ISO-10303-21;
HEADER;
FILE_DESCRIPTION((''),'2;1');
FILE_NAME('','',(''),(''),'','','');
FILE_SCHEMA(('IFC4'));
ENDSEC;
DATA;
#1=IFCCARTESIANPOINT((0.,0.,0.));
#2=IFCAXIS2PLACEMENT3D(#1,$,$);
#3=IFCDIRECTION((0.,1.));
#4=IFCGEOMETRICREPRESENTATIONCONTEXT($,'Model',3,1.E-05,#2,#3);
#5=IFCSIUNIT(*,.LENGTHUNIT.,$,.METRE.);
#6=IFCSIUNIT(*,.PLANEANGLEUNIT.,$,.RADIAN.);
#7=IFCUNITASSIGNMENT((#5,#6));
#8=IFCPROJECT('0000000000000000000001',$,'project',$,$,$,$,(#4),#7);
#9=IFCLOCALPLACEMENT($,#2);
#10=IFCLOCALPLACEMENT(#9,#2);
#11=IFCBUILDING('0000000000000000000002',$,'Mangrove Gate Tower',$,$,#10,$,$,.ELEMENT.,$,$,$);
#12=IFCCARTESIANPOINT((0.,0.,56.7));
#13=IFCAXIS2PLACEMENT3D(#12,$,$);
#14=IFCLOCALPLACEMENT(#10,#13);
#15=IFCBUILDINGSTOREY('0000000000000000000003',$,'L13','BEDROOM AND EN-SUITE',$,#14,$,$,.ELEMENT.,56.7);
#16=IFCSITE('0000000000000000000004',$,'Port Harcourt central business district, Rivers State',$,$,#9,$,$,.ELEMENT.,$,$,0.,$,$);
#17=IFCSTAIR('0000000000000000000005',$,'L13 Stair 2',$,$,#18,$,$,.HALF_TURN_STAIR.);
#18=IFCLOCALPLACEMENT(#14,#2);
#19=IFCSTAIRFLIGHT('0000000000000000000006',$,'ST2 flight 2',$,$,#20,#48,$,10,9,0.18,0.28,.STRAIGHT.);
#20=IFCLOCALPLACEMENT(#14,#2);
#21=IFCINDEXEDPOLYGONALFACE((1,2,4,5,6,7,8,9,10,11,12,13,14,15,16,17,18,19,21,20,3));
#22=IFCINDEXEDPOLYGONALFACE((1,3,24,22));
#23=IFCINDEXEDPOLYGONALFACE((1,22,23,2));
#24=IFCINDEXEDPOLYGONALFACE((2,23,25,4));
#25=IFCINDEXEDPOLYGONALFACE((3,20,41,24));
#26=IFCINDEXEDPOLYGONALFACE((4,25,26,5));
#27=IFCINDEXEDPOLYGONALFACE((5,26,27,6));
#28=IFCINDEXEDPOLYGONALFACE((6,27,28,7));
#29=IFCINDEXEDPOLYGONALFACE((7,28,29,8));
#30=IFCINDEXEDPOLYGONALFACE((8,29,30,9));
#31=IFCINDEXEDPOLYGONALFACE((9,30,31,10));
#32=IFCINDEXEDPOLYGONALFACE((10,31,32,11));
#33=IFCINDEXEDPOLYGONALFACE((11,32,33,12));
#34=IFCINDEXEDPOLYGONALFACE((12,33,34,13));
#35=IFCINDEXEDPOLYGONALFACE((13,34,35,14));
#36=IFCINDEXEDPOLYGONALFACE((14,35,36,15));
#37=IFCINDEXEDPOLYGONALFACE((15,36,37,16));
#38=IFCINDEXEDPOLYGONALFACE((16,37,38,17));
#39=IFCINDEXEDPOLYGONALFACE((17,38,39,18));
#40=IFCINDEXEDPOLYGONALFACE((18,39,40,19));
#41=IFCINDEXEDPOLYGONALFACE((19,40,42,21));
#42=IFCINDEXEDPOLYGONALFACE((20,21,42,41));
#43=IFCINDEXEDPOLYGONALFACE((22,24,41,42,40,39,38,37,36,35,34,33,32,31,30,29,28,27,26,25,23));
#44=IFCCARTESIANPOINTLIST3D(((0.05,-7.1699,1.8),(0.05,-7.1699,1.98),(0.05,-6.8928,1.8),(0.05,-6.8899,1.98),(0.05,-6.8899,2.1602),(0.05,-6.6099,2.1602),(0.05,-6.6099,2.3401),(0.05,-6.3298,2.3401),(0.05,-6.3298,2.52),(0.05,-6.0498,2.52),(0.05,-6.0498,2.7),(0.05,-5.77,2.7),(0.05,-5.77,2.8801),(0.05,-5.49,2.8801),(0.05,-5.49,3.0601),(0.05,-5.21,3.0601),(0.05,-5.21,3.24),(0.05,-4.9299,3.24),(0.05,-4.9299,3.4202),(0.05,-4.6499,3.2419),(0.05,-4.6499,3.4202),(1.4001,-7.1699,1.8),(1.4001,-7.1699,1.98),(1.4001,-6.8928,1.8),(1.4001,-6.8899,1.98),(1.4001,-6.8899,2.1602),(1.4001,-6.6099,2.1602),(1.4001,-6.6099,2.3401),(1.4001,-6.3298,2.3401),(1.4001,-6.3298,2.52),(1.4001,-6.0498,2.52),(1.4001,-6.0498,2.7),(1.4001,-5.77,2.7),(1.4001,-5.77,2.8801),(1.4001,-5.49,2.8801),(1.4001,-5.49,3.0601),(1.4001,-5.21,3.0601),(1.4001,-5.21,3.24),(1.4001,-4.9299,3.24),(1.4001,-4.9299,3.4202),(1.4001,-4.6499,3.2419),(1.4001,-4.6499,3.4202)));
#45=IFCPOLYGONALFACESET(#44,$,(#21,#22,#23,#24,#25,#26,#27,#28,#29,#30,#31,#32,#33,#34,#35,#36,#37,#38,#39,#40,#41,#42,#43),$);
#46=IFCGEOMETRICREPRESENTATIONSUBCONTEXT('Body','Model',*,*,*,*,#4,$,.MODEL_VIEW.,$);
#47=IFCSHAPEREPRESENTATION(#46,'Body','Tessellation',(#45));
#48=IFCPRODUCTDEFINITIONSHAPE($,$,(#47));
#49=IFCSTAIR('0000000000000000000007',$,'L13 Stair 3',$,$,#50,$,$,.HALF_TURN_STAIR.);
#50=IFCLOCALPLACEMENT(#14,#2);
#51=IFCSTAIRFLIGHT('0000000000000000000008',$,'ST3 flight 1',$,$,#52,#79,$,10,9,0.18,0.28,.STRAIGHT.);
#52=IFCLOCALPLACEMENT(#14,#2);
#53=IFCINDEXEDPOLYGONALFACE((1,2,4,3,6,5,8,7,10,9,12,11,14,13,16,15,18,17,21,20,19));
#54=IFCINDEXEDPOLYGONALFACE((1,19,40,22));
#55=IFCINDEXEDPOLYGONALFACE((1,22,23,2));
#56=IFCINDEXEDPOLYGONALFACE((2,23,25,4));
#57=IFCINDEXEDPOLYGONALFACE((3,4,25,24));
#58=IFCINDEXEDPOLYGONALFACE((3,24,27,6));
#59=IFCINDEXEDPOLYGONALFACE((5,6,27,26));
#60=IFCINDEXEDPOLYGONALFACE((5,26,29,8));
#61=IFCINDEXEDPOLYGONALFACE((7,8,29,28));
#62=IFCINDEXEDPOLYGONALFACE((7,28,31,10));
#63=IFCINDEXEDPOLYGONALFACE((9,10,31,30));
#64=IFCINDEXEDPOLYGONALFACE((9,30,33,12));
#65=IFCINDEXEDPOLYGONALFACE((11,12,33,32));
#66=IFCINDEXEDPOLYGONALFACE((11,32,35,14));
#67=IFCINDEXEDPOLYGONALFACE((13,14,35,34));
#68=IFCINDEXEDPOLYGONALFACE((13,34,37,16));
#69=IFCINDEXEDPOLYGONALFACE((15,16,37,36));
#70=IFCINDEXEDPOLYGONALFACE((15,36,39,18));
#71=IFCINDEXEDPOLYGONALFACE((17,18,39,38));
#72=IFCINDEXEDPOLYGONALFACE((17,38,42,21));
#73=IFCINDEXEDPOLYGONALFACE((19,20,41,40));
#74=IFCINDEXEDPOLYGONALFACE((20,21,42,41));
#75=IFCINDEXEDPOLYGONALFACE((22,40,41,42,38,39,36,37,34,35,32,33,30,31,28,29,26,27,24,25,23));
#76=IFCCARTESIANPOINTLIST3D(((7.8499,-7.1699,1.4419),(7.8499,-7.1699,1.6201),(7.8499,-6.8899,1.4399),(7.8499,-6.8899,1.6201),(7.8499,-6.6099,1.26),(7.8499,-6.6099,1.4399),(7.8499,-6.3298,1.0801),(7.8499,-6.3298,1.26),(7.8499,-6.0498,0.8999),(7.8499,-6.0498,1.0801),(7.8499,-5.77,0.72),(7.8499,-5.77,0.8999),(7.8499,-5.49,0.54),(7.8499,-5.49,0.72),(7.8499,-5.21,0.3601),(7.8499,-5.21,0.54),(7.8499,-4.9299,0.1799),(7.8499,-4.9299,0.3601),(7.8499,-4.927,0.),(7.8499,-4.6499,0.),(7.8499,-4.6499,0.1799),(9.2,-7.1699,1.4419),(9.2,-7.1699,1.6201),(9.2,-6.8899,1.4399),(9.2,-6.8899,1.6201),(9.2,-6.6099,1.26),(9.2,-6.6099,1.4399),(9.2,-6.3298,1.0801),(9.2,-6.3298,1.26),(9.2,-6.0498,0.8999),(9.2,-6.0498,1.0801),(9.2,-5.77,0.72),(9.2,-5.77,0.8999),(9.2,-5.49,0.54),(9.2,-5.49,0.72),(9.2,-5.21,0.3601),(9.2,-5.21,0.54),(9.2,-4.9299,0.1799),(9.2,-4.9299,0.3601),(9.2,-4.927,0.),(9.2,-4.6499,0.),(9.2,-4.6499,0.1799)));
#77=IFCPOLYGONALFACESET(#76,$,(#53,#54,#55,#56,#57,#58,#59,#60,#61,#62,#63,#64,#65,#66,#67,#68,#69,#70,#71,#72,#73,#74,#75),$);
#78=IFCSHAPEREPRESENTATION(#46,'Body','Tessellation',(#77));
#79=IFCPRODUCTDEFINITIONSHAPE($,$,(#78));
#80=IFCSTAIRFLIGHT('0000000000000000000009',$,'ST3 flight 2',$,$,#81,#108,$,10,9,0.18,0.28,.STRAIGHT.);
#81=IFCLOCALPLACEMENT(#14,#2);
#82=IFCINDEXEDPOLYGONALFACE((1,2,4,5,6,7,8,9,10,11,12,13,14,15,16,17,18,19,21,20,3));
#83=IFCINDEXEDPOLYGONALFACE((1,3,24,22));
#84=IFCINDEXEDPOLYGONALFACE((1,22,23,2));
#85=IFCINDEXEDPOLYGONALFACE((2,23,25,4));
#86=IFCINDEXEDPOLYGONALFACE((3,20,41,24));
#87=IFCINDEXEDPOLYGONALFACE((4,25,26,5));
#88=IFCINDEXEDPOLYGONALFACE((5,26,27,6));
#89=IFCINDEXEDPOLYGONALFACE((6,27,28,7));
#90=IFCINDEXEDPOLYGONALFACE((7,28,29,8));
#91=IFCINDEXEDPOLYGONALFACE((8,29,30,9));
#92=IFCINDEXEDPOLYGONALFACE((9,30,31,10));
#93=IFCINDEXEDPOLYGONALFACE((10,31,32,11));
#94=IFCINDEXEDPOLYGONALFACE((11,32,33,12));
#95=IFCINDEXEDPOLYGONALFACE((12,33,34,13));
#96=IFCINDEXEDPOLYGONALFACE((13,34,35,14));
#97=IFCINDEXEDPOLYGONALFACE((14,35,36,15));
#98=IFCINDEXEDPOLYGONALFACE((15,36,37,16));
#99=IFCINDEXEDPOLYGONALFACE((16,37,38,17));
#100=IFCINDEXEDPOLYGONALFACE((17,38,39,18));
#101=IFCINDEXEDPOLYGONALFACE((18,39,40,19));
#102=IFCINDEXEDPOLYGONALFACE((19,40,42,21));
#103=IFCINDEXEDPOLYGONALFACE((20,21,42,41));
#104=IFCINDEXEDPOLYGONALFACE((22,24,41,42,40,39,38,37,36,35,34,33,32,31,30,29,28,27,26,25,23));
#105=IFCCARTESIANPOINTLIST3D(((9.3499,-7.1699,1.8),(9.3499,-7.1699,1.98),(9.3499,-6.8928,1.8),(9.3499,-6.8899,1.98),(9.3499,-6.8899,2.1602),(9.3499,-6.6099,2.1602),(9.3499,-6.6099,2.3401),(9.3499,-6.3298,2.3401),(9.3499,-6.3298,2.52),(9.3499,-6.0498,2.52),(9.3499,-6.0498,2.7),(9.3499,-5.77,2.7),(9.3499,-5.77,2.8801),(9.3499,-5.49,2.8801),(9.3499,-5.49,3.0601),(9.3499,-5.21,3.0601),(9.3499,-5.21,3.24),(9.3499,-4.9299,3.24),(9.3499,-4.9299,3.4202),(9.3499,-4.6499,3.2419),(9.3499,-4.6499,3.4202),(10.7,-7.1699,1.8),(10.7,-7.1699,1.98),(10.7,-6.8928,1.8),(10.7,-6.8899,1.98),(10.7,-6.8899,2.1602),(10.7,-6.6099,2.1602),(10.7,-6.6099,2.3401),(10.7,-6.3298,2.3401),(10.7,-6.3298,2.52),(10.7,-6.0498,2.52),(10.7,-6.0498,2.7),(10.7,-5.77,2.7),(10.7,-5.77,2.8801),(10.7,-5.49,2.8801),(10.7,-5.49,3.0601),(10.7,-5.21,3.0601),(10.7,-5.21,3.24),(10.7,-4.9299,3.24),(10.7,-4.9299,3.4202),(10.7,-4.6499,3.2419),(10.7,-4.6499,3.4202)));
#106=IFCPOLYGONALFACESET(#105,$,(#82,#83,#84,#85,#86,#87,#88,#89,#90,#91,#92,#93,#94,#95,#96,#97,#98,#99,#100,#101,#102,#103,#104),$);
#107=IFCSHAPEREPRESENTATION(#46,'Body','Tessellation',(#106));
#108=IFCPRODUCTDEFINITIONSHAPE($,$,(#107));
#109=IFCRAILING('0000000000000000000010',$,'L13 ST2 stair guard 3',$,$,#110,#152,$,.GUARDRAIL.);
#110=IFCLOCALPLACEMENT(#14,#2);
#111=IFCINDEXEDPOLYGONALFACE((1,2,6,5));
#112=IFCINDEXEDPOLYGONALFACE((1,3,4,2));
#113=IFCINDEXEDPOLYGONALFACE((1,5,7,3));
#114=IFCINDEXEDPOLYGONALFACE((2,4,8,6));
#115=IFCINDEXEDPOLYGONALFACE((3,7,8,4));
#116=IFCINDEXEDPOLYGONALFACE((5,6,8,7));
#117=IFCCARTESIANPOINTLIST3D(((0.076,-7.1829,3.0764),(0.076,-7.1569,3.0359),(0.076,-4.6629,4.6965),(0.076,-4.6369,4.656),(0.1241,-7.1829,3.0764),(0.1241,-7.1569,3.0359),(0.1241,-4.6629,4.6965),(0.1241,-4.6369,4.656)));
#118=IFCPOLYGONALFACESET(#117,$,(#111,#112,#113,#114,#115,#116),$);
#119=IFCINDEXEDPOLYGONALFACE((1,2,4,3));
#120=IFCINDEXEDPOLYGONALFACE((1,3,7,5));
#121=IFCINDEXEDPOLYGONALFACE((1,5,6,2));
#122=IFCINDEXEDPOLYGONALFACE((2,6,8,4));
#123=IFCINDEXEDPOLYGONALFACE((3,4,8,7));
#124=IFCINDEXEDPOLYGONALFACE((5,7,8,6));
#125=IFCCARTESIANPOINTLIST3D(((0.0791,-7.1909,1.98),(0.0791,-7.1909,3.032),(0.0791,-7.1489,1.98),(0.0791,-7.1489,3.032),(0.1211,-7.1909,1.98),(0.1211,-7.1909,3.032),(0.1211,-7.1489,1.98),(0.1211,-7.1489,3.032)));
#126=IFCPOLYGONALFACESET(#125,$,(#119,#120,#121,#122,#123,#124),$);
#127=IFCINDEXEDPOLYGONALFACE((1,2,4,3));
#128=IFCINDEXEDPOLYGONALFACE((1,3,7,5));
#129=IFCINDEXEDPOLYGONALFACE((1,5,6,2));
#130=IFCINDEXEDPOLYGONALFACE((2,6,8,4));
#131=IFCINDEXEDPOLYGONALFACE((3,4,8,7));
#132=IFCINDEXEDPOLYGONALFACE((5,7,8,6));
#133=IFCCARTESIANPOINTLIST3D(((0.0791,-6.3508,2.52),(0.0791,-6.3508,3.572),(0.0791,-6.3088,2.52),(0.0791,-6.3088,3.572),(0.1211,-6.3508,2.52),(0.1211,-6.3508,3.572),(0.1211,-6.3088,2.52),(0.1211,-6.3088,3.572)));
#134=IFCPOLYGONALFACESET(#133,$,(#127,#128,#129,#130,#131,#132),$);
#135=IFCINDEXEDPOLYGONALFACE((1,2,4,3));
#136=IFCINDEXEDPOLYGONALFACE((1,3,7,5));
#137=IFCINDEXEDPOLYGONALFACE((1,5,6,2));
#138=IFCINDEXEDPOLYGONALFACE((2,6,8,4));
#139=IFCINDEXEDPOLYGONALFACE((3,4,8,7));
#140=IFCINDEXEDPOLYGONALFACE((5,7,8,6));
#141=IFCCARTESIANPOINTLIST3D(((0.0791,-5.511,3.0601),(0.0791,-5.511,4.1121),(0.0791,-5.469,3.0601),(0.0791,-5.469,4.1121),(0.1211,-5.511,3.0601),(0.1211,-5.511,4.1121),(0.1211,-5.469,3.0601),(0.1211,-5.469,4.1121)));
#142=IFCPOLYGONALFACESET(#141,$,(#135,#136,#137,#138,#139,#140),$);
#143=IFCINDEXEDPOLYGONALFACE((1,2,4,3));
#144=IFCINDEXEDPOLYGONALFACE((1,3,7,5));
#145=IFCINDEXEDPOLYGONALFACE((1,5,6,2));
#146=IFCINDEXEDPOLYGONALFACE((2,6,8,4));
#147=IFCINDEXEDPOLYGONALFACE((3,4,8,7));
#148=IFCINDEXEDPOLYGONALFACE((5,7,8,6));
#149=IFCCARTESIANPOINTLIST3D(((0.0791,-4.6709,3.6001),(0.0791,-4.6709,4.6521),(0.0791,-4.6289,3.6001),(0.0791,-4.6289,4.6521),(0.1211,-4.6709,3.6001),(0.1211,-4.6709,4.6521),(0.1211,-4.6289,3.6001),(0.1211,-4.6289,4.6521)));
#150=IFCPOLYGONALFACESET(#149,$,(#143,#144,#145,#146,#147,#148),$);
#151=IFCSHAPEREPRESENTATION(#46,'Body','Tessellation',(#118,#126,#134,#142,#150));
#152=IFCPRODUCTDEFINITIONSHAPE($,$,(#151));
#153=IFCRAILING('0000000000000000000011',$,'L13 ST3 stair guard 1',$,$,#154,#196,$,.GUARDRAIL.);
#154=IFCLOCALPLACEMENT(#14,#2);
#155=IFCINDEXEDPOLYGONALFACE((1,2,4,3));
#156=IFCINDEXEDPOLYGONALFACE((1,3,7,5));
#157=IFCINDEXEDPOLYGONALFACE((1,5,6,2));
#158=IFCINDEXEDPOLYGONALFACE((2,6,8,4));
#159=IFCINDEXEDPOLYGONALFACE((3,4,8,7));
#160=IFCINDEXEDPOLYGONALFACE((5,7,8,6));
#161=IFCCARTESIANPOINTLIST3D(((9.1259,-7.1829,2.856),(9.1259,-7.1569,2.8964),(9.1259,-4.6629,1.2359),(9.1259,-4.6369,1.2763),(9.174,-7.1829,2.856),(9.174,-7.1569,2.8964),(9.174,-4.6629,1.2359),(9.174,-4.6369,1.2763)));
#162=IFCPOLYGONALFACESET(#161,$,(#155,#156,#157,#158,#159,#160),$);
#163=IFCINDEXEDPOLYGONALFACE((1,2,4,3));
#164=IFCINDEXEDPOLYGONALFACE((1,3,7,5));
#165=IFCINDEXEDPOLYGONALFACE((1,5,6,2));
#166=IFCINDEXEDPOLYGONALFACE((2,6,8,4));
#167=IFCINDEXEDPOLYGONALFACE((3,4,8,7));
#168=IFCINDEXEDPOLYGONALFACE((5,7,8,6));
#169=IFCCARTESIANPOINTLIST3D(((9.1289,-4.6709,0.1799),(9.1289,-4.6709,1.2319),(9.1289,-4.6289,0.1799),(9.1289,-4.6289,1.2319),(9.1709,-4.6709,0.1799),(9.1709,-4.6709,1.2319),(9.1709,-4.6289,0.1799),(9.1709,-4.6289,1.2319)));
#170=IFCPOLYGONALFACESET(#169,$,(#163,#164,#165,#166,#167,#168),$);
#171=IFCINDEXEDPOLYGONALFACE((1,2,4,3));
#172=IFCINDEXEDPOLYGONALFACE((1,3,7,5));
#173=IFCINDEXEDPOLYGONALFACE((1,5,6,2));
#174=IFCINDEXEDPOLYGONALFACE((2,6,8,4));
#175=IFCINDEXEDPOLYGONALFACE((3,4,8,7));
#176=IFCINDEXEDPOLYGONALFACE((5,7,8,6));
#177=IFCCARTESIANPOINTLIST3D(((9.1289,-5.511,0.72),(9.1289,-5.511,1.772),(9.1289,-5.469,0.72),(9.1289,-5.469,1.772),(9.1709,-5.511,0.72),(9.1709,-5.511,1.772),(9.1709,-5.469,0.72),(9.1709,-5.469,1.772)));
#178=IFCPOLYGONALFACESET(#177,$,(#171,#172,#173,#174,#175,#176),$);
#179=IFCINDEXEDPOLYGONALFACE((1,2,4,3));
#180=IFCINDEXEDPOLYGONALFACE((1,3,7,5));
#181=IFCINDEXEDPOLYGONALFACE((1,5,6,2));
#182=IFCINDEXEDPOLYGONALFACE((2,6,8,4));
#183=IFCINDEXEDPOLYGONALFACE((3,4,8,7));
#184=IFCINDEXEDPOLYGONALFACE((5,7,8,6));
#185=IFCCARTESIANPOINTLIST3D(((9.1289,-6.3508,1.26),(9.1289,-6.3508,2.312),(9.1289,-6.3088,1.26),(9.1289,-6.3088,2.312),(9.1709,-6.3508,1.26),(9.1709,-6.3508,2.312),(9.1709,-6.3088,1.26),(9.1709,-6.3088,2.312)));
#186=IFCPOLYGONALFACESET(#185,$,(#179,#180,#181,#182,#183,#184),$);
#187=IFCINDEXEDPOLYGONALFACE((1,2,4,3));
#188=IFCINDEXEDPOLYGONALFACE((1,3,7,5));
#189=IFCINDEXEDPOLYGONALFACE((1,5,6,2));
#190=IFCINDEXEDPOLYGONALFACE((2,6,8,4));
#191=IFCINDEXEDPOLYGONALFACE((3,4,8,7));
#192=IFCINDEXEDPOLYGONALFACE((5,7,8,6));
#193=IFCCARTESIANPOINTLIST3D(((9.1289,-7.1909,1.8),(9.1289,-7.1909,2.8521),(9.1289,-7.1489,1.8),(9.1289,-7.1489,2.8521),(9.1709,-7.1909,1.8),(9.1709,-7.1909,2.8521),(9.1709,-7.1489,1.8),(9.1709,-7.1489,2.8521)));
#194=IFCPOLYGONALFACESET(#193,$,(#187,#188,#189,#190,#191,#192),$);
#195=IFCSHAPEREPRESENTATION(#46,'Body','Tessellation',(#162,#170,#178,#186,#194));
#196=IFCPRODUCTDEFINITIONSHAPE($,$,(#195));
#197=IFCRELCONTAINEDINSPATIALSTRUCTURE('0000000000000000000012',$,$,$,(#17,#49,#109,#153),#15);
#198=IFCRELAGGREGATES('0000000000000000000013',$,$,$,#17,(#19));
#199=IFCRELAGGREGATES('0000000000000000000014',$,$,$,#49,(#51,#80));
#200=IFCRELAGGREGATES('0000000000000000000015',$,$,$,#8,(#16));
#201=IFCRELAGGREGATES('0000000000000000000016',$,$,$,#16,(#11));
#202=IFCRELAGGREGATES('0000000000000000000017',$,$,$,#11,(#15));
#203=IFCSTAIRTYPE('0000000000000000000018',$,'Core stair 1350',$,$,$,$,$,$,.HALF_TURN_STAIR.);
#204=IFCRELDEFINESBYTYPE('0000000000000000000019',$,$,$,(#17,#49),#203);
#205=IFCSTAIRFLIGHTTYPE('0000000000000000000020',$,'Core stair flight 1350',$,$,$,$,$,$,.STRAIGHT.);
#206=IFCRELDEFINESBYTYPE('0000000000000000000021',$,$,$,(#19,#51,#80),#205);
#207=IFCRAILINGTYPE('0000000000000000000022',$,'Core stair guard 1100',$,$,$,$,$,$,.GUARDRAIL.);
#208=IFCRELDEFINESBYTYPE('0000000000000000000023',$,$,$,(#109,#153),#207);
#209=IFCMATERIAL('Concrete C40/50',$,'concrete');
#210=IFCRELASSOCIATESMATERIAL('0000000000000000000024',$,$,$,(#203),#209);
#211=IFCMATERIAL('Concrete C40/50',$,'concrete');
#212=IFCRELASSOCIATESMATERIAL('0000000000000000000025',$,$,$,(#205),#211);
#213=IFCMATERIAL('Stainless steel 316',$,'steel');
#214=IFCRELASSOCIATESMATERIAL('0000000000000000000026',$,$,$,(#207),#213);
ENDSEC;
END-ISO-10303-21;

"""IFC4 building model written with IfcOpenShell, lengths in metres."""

from ifc_helpers import new_model, si_unit, direction, frame, origin, origin_2d, place, context, subcontext, project, spatial, polyline, rectangle, outline, extrude, material, type_object, element, aggregate, save


model = new_model("IFC4")

# Units and contexts
model_context = context("Model", 3, precision=1e-05, world=origin(), true_north=direction((0.0, 1.0)))
body_context = subcontext(model_context, "Body", "Model", "MODEL_VIEW")
ifc_project = project(units=[si_unit("LENGTHUNIT", "METRE"), si_unit("PLANEANGLEUNIT", "RADIAN")], contexts=[model_context])

# Site, building, storey
site_placement = place(None, origin())
site = spatial("IfcSite", under=ifc_project, at=site_placement, Name="Port Harcourt central business district, Rivers State", CompositionType="ELEMENT", RefElevation=0.0)
building_placement = place(site_placement, origin())
building = spatial("IfcBuilding", under=site, at=building_placement, Name="Mangrove Gate Tower", CompositionType="ELEMENT")
storey_placement = place(building_placement, frame((0.0, 0.0, 56.7)))
storey = spatial("IfcBuildingStorey", under=building, at=storey_placement, Name="L13", Description="BEDROOM AND EN-SUITE", CompositionType="ELEMENT", Elevation=56.7)

# Stair, stair flight
ifc_material_1 = material(Name="Concrete C40/50", Category="concrete")
stair_type = type_object("IfcStairType", Name="Core stair 1350", PredefinedType="HALF_TURN_STAIR", material=ifc_material_1)
stair_1_placement = place(storey_placement, origin())
stair_1 = element("IfcStair", 1, at=stair_1_placement, inside=storey, type_object=stair_type, Name="L13 Stair 2", PredefinedType="HALF_TURN_STAIR")
ifc_material_2 = material(Name="Concrete C40/50", Category="concrete")
stair_flight_type = type_object("IfcStairFlightType", Name="Core stair flight 1350", PredefinedType="STRAIGHT", material=ifc_material_2)
stair_flight_1_placement = place(storey_placement, frame((0.7251, -7.1699, 1.8), z_axis=(0.0, 0.0, 1.0), x_axis=(0.0, 1.0, 0.0)))
stair_flight_1 = element("IfcStairFlight", 2, at=stair_flight_1_placement, type_object=stair_flight_type, Name="ST2 flight 2", NumberOfRisers=10, NumberOfTreads=9, PredefinedType="STRAIGHT", RiserHeight=0.18, TreadLength=0.28, context=body_context, shape_type="SweptSolid", body=[
    extrude(outline(polyline([(0.0, 0.0), (0.0, 0.1799), (0.28, 0.1799), (0.28, 0.3601), (0.5601, 0.3601), (0.5601, 0.54), (0.8401, 0.54), (0.8401, 0.72), (1.1201, 0.72), (1.1201, 0.8999), (1.3999, 0.8999), (1.3999, 1.0801), (1.6799, 1.0801), (1.6799, 1.26), (1.96, 1.26), (1.96, 1.4399), (2.24, 1.4399), (2.24, 1.6201), (2.52, 1.6201), (2.52, 1.8), (2.52, 1.4419), (0.2771, 0.0), (0.0, 0.0)])), frame((0.0, 0.675, 0.0), z_axis=(0.0, -1.0, 0.0), x_axis=(1.0, 0.0, 0.0)), (0.0, 0.0, 1.0), 1.3501),
])
aggregate(stair_1, [stair_flight_1])

# Stair, stair flights
stair_2_placement = place(storey_placement, origin())
stair_2 = element("IfcStair", 3, at=stair_2_placement, inside=storey, type_object=stair_type, Name="L13 Stair 3", PredefinedType="HALF_TURN_STAIR")
stair_flight_2_placement = place(storey_placement, frame((8.5249, -4.6499, 0.0), z_axis=(0.0, 0.0, 1.0), x_axis=(0.0, -1.0, 0.0)))
stair_flight_2 = element("IfcStairFlight", 4, at=stair_flight_2_placement, type_object=stair_flight_type, Name="ST3 flight 1", NumberOfRisers=10, NumberOfTreads=9, PredefinedType="STRAIGHT", RiserHeight=0.18, TreadLength=0.28, context=body_context, shape_type="SweptSolid", body=[
    extrude(outline(polyline([(0.0, 0.0), (0.0, 0.1799), (0.28, 0.1799), (0.28, 0.3601), (0.5601, 0.3601), (0.5601, 0.54), (0.8401, 0.54), (0.8401, 0.72), (1.1201, 0.72), (1.1201, 0.8999), (1.3999, 0.8999), (1.3999, 1.0801), (1.6799, 1.0801), (1.6799, 1.26), (1.96, 1.26), (1.96, 1.4399), (2.24, 1.4399), (2.24, 1.6201), (2.52, 1.6201), (2.52, 1.8), (2.52, 1.4419), (0.2771, 0.0), (0.0, 0.0)])), frame((0.0, 0.675, 0.0), z_axis=(0.0, -1.0, 0.0), x_axis=(1.0, 0.0, 0.0)), (0.0, 0.0, 1.0), 1.3501),
])
stair_flight_3_placement = place(storey_placement, frame((10.0249, -7.1699, 1.8), z_axis=(0.0, 0.0, 1.0), x_axis=(0.0, 1.0, 0.0)))
stair_flight_3 = element("IfcStairFlight", 5, at=stair_flight_3_placement, type_object=stair_flight_type, Name="ST3 flight 2", NumberOfRisers=10, NumberOfTreads=9, PredefinedType="STRAIGHT", RiserHeight=0.18, TreadLength=0.28, context=body_context, shape_type="SweptSolid", body=[
    extrude(outline(polyline([(0.0, 0.0), (0.0, 0.1799), (0.28, 0.1799), (0.28, 0.3601), (0.5601, 0.3601), (0.5601, 0.54), (0.8401, 0.54), (0.8401, 0.72), (1.1201, 0.72), (1.1201, 0.8999), (1.3999, 0.8999), (1.3999, 1.0801), (1.6799, 1.0801), (1.6799, 1.26), (1.96, 1.26), (1.96, 1.4399), (2.24, 1.4399), (2.24, 1.6201), (2.52, 1.6201), (2.52, 1.8), (2.52, 1.4419), (0.2771, 0.0), (0.0, 0.0)])), frame((0.0, 0.675, 0.0), z_axis=(0.0, -1.0, 0.0), x_axis=(1.0, 0.0, 0.0)), (0.0, 0.0, 1.0), 1.3501),
])
aggregate(stair_2, [stair_flight_2, stair_flight_3])

# Railings
ifc_material_3 = material(Name="Stainless steel 316", Category="steel")
railing_type_1 = type_object("IfcRailingType", Name="Core stair guard 1100", PredefinedType="GUARDRAIL", material=ifc_material_3)
railing_1_placement = place(storey_placement, frame((0.1001, -7.1699, 1.98)))
element("IfcRailing", 6, at=railing_1_placement, inside=storey, type_object=railing_type_1, Name="L13 ST2 stair guard 3", PredefinedType="GUARDRAIL", context=body_context, shape_type="SweptSolid", body=[
    extrude(rectangle(XDim=0.0481, YDim=0.0481, at=origin_2d()), frame((0.0, 0.0, 1.0762), z_axis=(0.0, 0.841163, 0.540782), x_axis=(-1.0, 0.0, 0.0)), (0.0, 0.0, 1.0), 2.9958),
    extrude(rectangle(XDim=0.042, YDim=0.042, at=origin_2d()), origin(), (0.0, 0.0, 1.0), 1.052),
    extrude(rectangle(XDim=0.042, YDim=0.042, at=origin_2d()), frame((0.0, 0.8401, 0.54)), (0.0, 0.0, 1.0), 1.052),
    extrude(rectangle(XDim=0.042, YDim=0.042, at=origin_2d()), frame((0.0, 1.6799, 1.0801)), (0.0, 0.0, 1.0), 1.052),
    extrude(rectangle(XDim=0.042, YDim=0.042, at=origin_2d()), frame((0.0, 2.52, 1.6201)), (0.0, 0.0, 1.0), 1.052),
])
railing_2_placement = place(storey_placement, frame((9.1499, -4.6499, 0.1799)))
element("IfcRailing", 7, at=railing_2_placement, inside=storey, type_object=railing_type_1, Name="L13 ST3 stair guard 1", PredefinedType="GUARDRAIL", context=body_context, shape_type="SweptSolid", body=[
    extrude(rectangle(XDim=0.0481, YDim=0.0481, at=origin_2d()), frame((0.0, 0.0, 1.0762), z_axis=(0.0, -0.841163, 0.540782), x_axis=(1.0, 0.0, 0.0)), (0.0, 0.0, 1.0), 2.9958),
    extrude(rectangle(XDim=0.042, YDim=0.042, at=origin_2d()), origin(), (0.0, 0.0, 1.0), 1.052),
    extrude(rectangle(XDim=0.042, YDim=0.042, at=origin_2d()), frame((0.0, -0.8401, 0.54)), (0.0, 0.0, 1.0), 1.052),
    extrude(rectangle(XDim=0.042, YDim=0.042, at=origin_2d()), frame((0.0, -1.6799, 1.0801)), (0.0, 0.0, 1.0), 1.052),
    extrude(rectangle(XDim=0.042, YDim=0.042, at=origin_2d()), frame((0.0, -2.52, 1.6201)), (0.0, 0.0, 1.0), 1.052),
])

save(model, "model.ifc")
